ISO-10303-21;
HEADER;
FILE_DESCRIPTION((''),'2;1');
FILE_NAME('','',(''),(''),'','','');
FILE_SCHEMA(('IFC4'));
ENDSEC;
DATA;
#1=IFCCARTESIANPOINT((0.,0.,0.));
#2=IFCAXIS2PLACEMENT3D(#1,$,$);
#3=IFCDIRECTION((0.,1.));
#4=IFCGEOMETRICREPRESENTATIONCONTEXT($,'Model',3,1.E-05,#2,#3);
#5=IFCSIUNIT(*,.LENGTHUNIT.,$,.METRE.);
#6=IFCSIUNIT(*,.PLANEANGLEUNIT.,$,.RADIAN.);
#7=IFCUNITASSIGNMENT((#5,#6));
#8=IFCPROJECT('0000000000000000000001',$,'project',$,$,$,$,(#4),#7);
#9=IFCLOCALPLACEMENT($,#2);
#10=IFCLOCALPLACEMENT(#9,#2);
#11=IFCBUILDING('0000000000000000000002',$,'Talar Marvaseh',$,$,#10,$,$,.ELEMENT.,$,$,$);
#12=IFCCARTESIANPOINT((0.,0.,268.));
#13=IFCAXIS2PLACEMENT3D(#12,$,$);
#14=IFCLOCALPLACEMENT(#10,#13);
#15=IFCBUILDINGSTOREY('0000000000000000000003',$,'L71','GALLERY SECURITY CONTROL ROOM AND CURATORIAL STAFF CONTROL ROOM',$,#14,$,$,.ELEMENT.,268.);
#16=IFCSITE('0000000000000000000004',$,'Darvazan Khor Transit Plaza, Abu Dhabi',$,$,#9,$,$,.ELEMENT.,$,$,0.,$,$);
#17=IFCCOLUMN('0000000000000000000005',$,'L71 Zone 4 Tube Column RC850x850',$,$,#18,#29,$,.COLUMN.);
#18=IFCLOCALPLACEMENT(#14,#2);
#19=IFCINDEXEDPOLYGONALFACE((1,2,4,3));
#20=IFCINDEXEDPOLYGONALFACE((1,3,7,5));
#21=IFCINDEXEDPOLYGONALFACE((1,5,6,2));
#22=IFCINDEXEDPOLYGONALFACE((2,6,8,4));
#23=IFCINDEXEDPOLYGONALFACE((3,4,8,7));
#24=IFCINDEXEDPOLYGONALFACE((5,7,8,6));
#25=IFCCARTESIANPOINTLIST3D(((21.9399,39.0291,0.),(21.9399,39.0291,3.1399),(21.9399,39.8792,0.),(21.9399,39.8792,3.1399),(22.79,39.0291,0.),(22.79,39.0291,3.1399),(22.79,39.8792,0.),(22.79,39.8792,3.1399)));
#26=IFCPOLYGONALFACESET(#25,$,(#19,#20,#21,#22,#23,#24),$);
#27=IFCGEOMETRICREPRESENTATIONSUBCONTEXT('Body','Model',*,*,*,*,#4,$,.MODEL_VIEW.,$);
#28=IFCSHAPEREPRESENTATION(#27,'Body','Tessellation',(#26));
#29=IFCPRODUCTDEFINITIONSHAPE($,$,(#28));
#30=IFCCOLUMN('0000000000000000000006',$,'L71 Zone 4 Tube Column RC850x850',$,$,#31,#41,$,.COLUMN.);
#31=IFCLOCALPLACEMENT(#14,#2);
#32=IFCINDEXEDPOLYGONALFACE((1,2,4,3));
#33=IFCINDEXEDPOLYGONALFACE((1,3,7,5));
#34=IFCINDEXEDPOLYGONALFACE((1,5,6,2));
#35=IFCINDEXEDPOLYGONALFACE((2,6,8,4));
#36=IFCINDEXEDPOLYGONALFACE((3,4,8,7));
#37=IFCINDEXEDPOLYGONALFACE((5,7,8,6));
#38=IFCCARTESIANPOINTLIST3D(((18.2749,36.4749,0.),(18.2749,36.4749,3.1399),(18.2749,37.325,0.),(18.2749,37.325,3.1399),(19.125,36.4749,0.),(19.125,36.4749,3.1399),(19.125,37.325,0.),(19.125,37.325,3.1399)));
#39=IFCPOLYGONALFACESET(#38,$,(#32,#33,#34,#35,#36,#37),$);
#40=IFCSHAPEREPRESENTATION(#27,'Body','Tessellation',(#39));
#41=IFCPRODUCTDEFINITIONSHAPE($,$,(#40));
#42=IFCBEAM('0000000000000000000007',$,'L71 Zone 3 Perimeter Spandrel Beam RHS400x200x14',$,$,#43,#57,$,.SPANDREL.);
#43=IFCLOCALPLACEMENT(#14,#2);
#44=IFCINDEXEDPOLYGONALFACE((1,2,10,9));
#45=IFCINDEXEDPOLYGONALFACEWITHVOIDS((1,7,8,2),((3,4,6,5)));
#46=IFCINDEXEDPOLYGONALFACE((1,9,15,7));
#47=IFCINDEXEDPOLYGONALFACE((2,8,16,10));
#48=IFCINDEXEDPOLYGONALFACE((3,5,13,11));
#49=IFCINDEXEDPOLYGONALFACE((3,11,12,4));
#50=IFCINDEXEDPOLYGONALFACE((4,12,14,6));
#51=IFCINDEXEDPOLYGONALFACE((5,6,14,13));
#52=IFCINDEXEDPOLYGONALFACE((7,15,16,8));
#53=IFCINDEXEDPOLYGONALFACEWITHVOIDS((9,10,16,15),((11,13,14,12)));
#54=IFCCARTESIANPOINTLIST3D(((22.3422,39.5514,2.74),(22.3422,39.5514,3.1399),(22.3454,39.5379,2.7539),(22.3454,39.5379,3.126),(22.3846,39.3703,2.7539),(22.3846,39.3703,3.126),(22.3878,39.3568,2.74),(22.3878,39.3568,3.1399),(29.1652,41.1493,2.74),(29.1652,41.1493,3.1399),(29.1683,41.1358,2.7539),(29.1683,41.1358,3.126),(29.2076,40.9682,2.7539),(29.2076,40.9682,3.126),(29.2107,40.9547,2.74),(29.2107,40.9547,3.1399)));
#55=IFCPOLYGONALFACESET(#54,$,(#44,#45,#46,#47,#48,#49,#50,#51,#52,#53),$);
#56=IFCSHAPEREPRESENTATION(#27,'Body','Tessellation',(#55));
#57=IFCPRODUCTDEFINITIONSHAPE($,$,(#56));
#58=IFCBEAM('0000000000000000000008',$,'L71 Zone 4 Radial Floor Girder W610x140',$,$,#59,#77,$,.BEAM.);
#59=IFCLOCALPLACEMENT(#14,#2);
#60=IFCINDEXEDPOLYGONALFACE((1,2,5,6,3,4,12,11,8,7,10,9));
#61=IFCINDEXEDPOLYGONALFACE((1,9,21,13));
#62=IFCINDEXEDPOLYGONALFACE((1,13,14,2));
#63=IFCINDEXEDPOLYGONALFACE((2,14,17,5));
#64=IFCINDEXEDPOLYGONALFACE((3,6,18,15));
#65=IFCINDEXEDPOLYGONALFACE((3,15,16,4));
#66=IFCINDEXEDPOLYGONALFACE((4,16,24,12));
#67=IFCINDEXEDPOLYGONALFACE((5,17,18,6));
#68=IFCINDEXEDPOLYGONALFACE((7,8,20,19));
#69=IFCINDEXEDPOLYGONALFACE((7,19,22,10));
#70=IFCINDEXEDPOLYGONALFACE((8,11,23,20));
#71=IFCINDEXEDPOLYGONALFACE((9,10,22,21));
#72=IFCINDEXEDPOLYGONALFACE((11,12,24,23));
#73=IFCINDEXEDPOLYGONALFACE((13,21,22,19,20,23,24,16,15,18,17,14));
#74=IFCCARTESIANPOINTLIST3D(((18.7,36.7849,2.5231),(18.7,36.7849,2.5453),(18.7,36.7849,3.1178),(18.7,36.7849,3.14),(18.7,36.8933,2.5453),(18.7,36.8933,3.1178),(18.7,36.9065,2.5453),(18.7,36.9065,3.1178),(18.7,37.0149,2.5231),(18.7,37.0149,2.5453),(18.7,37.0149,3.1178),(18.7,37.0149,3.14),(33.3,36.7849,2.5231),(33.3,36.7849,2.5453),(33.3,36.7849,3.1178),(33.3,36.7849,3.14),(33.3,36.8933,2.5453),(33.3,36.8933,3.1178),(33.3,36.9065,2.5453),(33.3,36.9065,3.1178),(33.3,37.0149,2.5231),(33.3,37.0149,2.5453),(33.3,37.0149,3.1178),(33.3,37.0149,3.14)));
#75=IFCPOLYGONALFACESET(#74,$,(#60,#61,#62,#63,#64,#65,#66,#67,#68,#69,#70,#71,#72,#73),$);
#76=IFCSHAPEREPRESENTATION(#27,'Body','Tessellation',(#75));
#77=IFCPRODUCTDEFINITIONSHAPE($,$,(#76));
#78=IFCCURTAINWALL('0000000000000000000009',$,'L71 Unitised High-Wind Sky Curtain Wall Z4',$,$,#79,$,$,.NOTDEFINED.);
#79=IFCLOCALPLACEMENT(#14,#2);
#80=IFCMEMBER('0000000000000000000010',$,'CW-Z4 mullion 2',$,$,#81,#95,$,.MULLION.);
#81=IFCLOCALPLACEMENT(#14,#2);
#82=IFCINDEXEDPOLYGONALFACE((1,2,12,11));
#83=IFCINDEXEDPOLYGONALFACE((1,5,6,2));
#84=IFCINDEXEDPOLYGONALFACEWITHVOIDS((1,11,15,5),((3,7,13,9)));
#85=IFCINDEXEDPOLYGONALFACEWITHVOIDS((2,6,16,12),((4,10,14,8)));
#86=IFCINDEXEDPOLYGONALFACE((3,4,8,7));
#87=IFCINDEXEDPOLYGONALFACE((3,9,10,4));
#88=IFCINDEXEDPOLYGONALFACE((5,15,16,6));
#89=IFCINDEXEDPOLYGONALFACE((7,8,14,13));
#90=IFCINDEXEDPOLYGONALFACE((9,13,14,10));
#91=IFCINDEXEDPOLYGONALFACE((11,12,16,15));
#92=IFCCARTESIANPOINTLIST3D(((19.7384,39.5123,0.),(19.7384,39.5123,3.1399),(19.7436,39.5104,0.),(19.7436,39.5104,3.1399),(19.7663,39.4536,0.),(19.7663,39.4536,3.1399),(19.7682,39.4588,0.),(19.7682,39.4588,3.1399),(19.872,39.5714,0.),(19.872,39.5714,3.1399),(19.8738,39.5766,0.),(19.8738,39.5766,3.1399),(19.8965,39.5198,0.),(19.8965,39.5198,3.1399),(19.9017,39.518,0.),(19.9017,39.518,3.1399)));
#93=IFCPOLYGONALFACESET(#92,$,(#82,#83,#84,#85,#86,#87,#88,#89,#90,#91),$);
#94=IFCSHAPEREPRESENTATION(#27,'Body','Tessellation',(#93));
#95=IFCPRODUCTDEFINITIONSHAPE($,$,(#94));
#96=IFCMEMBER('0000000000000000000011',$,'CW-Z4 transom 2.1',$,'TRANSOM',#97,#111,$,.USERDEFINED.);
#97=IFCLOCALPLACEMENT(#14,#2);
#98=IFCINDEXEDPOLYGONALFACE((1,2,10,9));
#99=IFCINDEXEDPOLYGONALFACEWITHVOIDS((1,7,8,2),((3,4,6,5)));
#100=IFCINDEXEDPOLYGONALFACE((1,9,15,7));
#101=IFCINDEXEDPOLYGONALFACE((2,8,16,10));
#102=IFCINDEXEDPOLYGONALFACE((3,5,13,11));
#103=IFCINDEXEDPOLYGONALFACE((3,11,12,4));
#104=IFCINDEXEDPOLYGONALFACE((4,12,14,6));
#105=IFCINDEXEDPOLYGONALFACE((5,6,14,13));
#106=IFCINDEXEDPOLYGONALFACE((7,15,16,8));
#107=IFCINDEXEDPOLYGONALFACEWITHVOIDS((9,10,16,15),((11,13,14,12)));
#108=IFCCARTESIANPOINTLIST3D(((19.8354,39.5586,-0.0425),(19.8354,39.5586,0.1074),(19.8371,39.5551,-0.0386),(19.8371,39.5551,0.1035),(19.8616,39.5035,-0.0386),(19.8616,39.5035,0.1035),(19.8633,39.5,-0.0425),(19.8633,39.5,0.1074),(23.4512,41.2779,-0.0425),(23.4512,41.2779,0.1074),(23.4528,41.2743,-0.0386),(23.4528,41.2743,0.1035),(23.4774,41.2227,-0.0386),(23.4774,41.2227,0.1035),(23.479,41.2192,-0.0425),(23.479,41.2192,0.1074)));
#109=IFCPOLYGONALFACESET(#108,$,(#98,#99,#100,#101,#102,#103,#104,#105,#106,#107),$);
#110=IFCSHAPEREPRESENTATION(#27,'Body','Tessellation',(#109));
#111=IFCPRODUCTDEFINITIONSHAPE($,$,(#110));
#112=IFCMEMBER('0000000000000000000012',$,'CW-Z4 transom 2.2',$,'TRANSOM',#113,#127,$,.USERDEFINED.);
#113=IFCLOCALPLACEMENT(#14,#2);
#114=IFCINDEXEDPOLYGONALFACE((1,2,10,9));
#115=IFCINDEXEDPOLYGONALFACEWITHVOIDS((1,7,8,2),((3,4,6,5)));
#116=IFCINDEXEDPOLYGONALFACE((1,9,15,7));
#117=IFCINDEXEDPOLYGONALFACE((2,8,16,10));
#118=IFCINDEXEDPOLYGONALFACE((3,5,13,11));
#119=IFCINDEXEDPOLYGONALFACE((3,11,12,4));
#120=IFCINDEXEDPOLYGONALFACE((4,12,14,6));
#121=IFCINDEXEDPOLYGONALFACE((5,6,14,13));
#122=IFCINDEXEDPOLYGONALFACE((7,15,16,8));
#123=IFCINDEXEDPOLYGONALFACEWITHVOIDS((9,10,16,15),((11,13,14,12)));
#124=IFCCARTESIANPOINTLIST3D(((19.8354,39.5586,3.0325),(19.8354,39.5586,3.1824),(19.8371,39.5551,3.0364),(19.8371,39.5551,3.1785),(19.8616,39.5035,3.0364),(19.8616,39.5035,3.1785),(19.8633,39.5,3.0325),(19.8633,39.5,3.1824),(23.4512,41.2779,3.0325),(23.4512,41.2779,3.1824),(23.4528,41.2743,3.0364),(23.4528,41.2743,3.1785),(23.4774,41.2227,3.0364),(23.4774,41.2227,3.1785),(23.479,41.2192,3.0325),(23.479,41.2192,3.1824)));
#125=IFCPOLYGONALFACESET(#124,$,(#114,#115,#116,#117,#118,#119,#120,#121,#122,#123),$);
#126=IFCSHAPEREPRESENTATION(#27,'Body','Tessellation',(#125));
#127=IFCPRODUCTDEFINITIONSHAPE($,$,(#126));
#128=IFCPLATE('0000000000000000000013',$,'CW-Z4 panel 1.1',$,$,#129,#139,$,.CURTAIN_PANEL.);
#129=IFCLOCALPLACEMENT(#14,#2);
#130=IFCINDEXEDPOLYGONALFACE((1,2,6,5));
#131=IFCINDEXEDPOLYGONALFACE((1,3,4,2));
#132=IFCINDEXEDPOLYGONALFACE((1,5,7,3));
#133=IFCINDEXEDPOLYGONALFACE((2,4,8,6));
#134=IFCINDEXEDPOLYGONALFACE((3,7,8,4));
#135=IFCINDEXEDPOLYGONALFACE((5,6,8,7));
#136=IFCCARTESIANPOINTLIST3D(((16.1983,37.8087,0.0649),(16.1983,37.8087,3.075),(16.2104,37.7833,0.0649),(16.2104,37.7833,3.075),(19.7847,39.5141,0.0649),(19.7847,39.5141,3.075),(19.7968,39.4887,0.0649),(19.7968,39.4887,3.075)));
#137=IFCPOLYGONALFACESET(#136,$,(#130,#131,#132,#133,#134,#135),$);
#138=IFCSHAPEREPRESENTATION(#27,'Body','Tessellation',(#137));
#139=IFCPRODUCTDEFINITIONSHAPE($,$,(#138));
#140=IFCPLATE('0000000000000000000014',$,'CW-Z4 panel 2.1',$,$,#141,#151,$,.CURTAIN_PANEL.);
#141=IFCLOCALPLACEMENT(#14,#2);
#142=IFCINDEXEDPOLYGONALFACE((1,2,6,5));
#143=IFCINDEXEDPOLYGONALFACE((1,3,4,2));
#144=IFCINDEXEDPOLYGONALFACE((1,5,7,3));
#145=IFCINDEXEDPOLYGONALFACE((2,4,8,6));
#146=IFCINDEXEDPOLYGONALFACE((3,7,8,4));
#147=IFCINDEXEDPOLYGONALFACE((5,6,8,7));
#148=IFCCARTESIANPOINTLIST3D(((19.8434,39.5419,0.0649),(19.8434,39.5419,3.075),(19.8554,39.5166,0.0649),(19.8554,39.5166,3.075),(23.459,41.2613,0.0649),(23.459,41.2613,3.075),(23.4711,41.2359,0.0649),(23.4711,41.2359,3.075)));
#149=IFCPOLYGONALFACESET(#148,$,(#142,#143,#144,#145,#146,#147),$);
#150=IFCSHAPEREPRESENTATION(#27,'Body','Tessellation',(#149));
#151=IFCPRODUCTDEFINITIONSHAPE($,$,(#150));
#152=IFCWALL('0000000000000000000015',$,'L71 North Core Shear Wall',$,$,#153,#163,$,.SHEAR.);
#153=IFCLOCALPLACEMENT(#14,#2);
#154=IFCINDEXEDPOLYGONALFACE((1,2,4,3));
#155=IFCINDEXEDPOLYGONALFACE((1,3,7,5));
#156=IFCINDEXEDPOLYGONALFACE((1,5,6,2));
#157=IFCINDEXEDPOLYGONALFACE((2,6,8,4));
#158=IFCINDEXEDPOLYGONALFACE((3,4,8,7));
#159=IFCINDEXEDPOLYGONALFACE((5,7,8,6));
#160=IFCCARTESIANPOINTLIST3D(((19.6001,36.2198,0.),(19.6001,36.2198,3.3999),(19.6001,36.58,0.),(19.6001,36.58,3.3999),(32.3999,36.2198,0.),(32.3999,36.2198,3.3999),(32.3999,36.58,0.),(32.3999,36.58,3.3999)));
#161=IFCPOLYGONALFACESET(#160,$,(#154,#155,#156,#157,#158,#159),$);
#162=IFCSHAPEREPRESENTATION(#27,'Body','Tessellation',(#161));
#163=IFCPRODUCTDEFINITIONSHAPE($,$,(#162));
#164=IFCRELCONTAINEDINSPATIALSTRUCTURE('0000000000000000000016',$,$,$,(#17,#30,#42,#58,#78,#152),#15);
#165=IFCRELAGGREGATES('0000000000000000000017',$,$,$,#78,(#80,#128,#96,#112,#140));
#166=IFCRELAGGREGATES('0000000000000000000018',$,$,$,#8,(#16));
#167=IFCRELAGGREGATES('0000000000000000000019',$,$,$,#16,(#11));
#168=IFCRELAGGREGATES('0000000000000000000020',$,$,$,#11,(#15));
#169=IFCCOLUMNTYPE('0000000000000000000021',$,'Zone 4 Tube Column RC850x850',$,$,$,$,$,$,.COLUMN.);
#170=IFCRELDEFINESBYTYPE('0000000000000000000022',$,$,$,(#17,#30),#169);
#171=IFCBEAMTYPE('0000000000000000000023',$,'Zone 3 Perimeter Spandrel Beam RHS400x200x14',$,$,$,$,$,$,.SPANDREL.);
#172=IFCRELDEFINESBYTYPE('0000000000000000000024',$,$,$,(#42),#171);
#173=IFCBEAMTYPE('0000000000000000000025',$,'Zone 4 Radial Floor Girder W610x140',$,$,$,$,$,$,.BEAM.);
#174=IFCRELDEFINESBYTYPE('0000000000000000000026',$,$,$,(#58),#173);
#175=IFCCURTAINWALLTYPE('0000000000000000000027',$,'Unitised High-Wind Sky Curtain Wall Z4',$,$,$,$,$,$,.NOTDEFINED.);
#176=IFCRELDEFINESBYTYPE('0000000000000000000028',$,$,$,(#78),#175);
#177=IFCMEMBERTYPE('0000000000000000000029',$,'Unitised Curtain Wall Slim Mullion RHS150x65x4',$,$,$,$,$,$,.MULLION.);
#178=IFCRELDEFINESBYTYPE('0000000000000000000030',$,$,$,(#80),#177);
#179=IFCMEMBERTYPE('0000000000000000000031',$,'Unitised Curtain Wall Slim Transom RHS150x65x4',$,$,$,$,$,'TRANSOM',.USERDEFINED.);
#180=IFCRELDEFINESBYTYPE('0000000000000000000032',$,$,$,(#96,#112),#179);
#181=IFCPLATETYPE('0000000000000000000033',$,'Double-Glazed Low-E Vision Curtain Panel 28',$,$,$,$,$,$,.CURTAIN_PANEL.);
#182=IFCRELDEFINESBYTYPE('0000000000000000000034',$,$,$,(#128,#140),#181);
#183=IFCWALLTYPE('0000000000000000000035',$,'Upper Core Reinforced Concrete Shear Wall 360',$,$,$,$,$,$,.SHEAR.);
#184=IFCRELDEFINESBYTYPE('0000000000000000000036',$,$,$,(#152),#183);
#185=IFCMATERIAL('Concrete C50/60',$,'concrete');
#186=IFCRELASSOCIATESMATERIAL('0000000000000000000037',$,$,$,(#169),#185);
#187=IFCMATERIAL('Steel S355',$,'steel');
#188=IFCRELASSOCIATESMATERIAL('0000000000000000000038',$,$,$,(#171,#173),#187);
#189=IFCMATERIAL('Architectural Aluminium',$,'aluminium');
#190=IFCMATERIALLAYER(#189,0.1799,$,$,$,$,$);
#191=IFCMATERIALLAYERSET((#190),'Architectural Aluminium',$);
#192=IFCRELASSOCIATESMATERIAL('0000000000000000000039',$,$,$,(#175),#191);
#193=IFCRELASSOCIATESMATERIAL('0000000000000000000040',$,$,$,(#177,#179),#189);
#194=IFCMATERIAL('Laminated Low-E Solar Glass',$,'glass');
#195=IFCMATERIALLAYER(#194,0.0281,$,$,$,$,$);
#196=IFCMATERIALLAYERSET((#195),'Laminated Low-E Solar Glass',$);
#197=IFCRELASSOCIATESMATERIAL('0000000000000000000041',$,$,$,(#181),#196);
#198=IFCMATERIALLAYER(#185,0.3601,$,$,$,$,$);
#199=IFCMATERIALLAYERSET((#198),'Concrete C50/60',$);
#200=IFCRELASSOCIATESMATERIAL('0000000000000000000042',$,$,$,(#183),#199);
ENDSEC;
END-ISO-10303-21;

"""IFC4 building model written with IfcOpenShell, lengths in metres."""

from ifc_helpers import new_model, si_unit, direction, frame, frame_2d, origin, origin_2d, place, context, subcontext, project, spatial, rectangle, hollow_rectangle, i_section, extrude, source, transform, mapped, material, layer, layer_set, material_profile, profile_set, type_object, type_shapes, element, aggregate, save


model = new_model("IFC4")

# Units and contexts
model_context = context("Model", 3, precision=1e-05, world=origin(), true_north=direction((0.0, 1.0)))
body_context = subcontext(model_context, "Body", "Model", "MODEL_VIEW")
ifc_project = project(units=[si_unit("LENGTHUNIT", "METRE"), si_unit("PLANEANGLEUNIT", "RADIAN")], contexts=[model_context])

# Site, building, storey
site_placement = place(None, origin())
site = spatial("IfcSite", under=ifc_project, at=site_placement, Name="Darvazan Khor Transit Plaza, Abu Dhabi", CompositionType="ELEMENT", RefElevation=0.0)
building_placement = place(site_placement, origin())
building = spatial("IfcBuilding", under=site, at=building_placement, Name="Talar Marvaseh", CompositionType="ELEMENT")
storey_placement = place(building_placement, frame((0.0, 0.0, 268.0)))
storey = spatial("IfcBuildingStorey", under=building, at=storey_placement, Name="L71", Description="GALLERY SECURITY CONTROL ROOM AND CURATORIAL STAFF CONTROL ROOM", CompositionType="ELEMENT", Elevation=268.0)

# Columns
ifc_material_1 = material(Name="Concrete C50/60", Category="concrete")
ifc_material_profile_1 = material_profile(ifc_material_1, rectangle(XDim=0.8501, YDim=0.8501, at=origin_2d()), Name="RC850x850")
ifc_profile_set_1 = profile_set([ifc_material_profile_1], Name="Concrete C50/60")
column_type = type_object("IfcColumnType", Name="Zone 4 Tube Column RC850x850", PredefinedType="COLUMN", material=ifc_profile_set_1)
for number, where, z_axis, x_axis, name in (
    (1, (22.365, 39.4541, 0.0), (0.0, 0.0, 1.0), (1.0, 0.0, 0.0), "L71 Zone 4 Tube Column RC850x850"),
    (2, (18.7, 36.8999, 0.0), (0.0, 0.0, 1.0), (1.0, 0.0, 0.0), "L71 Zone 4 Tube Column RC850x850"),
):
    element("IfcColumn", number, at=place(storey_placement, frame(where, z_axis=z_axis, x_axis=x_axis)), inside=storey, type_object=column_type, Name=name, PredefinedType="COLUMN", context=body_context, shape_type="SweptSolid", body=[
        extrude(rectangle(XDim=0.8501, YDim=0.8501, at=origin_2d()), origin(), (0.0, 0.0, 1.0), 3.1399),
    ])

# Beams
ifc_material_2 = material(Name="Steel S355", Category="steel")
ifc_material_profile_2 = material_profile(ifc_material_2, hollow_rectangle(XDim=0.2, YDim=0.3999, WallThickness=0.0139, at=origin_2d()), Name="RHS400x200x14")
ifc_profile_set_2 = profile_set([ifc_material_profile_2], Name="Steel S355")
beam_type_1 = type_object("IfcBeamType", Name="Zone 3 Perimeter Spandrel Beam RHS400x200x14", PredefinedType="SPANDREL", material=ifc_profile_set_2)
beam_1_placement = place(storey_placement, frame((22.365, 39.4541, 2.9399), z_axis=(0.973656, 0.228024, 0.0), x_axis=(-0.228024, 0.973656, 0.0)))
element("IfcBeam", 3, at=beam_1_placement, inside=storey, type_object=beam_type_1, Name="L71 Zone 3 Perimeter Spandrel Beam RHS400x200x14", PredefinedType="SPANDREL", context=body_context, shape_type="SweptSolid", body=[
    extrude(hollow_rectangle(XDim=0.2, YDim=0.3999, WallThickness=0.0139, at=origin_2d()), origin(), (0.0, 0.0, 1.0), 7.0076),
])
ifc_material_profile_3 = material_profile(ifc_material_2, i_section(OverallWidth=0.23, OverallDepth=0.6169, WebThickness=0.0132, FlangeThickness=0.0222, at=origin_2d()), Name="W610x140")
ifc_profile_set_3 = profile_set([ifc_material_profile_3], Name="Steel S355")
beam_type_2 = type_object("IfcBeamType", Name="Zone 4 Radial Floor Girder W610x140", PredefinedType="BEAM", material=ifc_profile_set_3)
beam_2_placement = place(storey_placement, frame((18.7, 36.8999, 2.8315), z_axis=(1.0, 0.0, 0.0), x_axis=(0.0, 1.0, 0.0)))
element("IfcBeam", 4, at=beam_2_placement, inside=storey, type_object=beam_type_2, Name="L71 Zone 4 Radial Floor Girder W610x140", PredefinedType="BEAM", context=body_context, shape_type="SweptSolid", body=[
    extrude(i_section(OverallWidth=0.23, OverallDepth=0.6169, WebThickness=0.0132, FlangeThickness=0.0222, at=origin_2d()), origin(), (0.0, 0.0, 1.0), 14.6001),
])

# Curtain wall, members, plates
ifc_material_3 = material(Name="Architectural Aluminium", Category="aluminium")
ifc_layer_1 = layer(ifc_material_3, 0.1799)
ifc_layer_set_1 = layer_set([ifc_layer_1], Name="Architectural Aluminium")
curtain_wall_type = type_object("IfcCurtainWallType", Name="Unitised High-Wind Sky Curtain Wall Z4", PredefinedType="NOTDEFINED", material=ifc_layer_set_1)
curtain_wall_placement = place(storey_placement, origin())
curtain_wall = element("IfcCurtainWall", 5, at=curtain_wall_placement, inside=storey, type_object=curtain_wall_type, Name="L71 Unitised High-Wind Sky Curtain Wall Z4", PredefinedType="NOTDEFINED")
ifc_material_profile_4 = material_profile(ifc_material_3, hollow_rectangle(XDim=0.0649, YDim=0.1499, WallThickness=0.0039, at=origin_2d()), Name="RHS150x65x4")
ifc_profile_set_4 = profile_set([ifc_material_profile_4], Name="Architectural Aluminium")
member_type_1 = type_object("IfcMemberType", Name="Unitised Curtain Wall Slim Mullion RHS150x65x4", PredefinedType="MULLION", material=ifc_profile_set_4)
shared_shape_1 = source(origin(), body_context, "Body", "SweptSolid", [
    extrude(hollow_rectangle(XDim=0.0649, YDim=0.1499, WallThickness=0.0039, at=origin_2d()), origin(), (0.0, 0.0, 1.0), 3.1399),
])
type_shapes(member_type_1, [shared_shape_1])
member_1_placement = place(storey_placement, frame((19.8201, 39.5151, 0.0), z_axis=(0.0, 0.0, 1.0), x_axis=(-0.42944, 0.903096, 0.0)))
member_1 = element("IfcMember", 6, at=member_1_placement, type_object=member_type_1, Name="CW-Z4 mullion 2", PredefinedType="MULLION", context=body_context, shape_type="MappedRepresentation", body=[
    mapped(shared_shape_1, transform((0.0, 0.0, 0.0), x_axis=(1.0, 0.0, 0.0), y_axis=(0.0, 1.0, 0.0), z_axis=(0.0, 0.0, 1.0), scale=1.0)),
])
ifc_material_profile_5 = material_profile(ifc_material_3, hollow_rectangle(XDim=0.0649, YDim=0.1499, WallThickness=0.0039, at=origin_2d()), Name="RHS150x65x4")
ifc_profile_set_5 = profile_set([ifc_material_profile_5], Name="Architectural Aluminium")
member_type_2 = type_object("IfcMemberType", Name="Unitised Curtain Wall Slim Transom RHS150x65x4", ElementType="TRANSOM", PredefinedType="USERDEFINED", material=ifc_profile_set_5)
shared_shape_2 = source(origin(), body_context, "Body", "SweptSolid", [
    extrude(hollow_rectangle(XDim=0.0649, YDim=0.1499, WallThickness=0.0039, at=origin_2d()), origin(), (0.0, 0.0, 1.0), 4.0037),
])
type_shapes(member_type_2, [shared_shape_2])
member_2_placement = place(storey_placement, frame((19.8494, 39.5293, 0.0325), z_axis=(0.903106, 0.429417, 0.0), x_axis=(-0.429417, 0.903106, 0.0)))
member_2 = element("IfcMember", 7, at=member_2_placement, type_object=member_type_2, Name="CW-Z4 transom 2.1", ObjectType="TRANSOM", PredefinedType="USERDEFINED", context=body_context, shape_type="MappedRepresentation", body=[
    mapped(shared_shape_2, transform((0.0, 0.0, 0.0), x_axis=(1.0, 0.0, 0.0), y_axis=(0.0, 1.0, 0.0), z_axis=(0.0, 0.0, 1.0), scale=1.0)),
])
member_3_placement = place(storey_placement, frame((19.8494, 39.5293, 3.1074), z_axis=(0.903106, 0.429417, 0.0), x_axis=(-0.429417, 0.903106, 0.0)))
member_3 = element("IfcMember", 8, at=member_3_placement, type_object=member_type_2, Name="CW-Z4 transom 2.2", ObjectType="TRANSOM", PredefinedType="USERDEFINED", context=body_context, shape_type="MappedRepresentation", body=[
    mapped(shared_shape_2, transform((0.0, 0.0, 0.0), x_axis=(1.0, 0.0, 0.0), y_axis=(0.0, 1.0, 0.0), z_axis=(0.0, 0.0, 1.0), scale=1.0)),
])
ifc_material_4 = material(Name="Laminated Low-E Solar Glass", Category="glass")
ifc_layer_2 = layer(ifc_material_4, 0.0281)
ifc_layer_set_2 = layer_set([ifc_layer_2], Name="Laminated Low-E Solar Glass")
plate_type = type_object("IfcPlateType", Name="Double-Glazed Low-E Vision Curtain Panel 28", PredefinedType="CURTAIN_PANEL", material=ifc_layer_set_2)
shared_shape_3 = source(origin(), body_context, "Body", "SweptSolid", [
    extrude(rectangle(XDim=3.9712, YDim=0.0281, at=origin_2d()), origin(), (0.0, 0.0, 1.0), 3.01),
])
plate_1_placement = place(storey_placement, frame((17.9976, 38.6487, 0.0649), z_axis=(0.0, 0.0, 1.0), x_axis=(0.903096, 0.42944, 0.0)))
plate_1 = element("IfcPlate", 9, at=plate_1_placement, type_object=plate_type, Name="CW-Z4 panel 1.1", PredefinedType="CURTAIN_PANEL", context=body_context, shape_type="MappedRepresentation", body=[
    mapped(shared_shape_3, transform((0.0, 0.0, 0.0), x_axis=(1.0, 0.0, 0.0), y_axis=(0.0, 1.0, 0.0), z_axis=(0.0, 0.0, 1.0), scale=1.0)),
])
shared_shape_4 = source(origin(), body_context, "Body", "SweptSolid", [
    extrude(rectangle(XDim=4.0037, YDim=0.0281, at=origin_2d()), origin(), (0.0, 0.0, 1.0), 3.01),
])
type_shapes(plate_type, [shared_shape_3, shared_shape_4])
plate_2_placement = place(storey_placement, frame((21.6572, 40.3889, 0.0649), z_axis=(0.0, 0.0, 1.0), x_axis=(0.903096, 0.42944, 0.0)))
plate_2 = element("IfcPlate", 10, at=plate_2_placement, type_object=plate_type, Name="CW-Z4 panel 2.1", PredefinedType="CURTAIN_PANEL", context=body_context, shape_type="MappedRepresentation", body=[
    mapped(shared_shape_4, transform((0.0, 0.0, 0.0), x_axis=(1.0, 0.0, 0.0), y_axis=(0.0, 1.0, 0.0), z_axis=(0.0, 0.0, 1.0), scale=1.0)),
])
aggregate(curtain_wall, [member_1, plate_1, member_2, member_3, plate_2])

# Wall
ifc_layer_3 = layer(ifc_material_1, 0.3601)
ifc_layer_set_3 = layer_set([ifc_layer_3], Name="Concrete C50/60")
wall_type_1 = type_object("IfcWallType", Name="Upper Core Reinforced Concrete Shear Wall 360", PredefinedType="SHEAR", material=ifc_layer_set_3)
wall_1_placement = place(storey_placement, frame((19.6001, 36.3999, 0.0), z_axis=(0.0, 0.0, 1.0), x_axis=(1.0, 0.0, 0.0)))
element("IfcWall", 11, at=wall_1_placement, inside=storey, type_object=wall_type_1, Name="L71 North Core Shear Wall", PredefinedType="SHEAR", context=body_context, shape_type="SweptSolid", body=[
    extrude(rectangle(XDim=12.7998, YDim=0.3601, at=frame_2d((6.3999, 0.0))), origin(), (0.0, 0.0, 1.0), 3.3999),
])

save(model, "model.ifc")
